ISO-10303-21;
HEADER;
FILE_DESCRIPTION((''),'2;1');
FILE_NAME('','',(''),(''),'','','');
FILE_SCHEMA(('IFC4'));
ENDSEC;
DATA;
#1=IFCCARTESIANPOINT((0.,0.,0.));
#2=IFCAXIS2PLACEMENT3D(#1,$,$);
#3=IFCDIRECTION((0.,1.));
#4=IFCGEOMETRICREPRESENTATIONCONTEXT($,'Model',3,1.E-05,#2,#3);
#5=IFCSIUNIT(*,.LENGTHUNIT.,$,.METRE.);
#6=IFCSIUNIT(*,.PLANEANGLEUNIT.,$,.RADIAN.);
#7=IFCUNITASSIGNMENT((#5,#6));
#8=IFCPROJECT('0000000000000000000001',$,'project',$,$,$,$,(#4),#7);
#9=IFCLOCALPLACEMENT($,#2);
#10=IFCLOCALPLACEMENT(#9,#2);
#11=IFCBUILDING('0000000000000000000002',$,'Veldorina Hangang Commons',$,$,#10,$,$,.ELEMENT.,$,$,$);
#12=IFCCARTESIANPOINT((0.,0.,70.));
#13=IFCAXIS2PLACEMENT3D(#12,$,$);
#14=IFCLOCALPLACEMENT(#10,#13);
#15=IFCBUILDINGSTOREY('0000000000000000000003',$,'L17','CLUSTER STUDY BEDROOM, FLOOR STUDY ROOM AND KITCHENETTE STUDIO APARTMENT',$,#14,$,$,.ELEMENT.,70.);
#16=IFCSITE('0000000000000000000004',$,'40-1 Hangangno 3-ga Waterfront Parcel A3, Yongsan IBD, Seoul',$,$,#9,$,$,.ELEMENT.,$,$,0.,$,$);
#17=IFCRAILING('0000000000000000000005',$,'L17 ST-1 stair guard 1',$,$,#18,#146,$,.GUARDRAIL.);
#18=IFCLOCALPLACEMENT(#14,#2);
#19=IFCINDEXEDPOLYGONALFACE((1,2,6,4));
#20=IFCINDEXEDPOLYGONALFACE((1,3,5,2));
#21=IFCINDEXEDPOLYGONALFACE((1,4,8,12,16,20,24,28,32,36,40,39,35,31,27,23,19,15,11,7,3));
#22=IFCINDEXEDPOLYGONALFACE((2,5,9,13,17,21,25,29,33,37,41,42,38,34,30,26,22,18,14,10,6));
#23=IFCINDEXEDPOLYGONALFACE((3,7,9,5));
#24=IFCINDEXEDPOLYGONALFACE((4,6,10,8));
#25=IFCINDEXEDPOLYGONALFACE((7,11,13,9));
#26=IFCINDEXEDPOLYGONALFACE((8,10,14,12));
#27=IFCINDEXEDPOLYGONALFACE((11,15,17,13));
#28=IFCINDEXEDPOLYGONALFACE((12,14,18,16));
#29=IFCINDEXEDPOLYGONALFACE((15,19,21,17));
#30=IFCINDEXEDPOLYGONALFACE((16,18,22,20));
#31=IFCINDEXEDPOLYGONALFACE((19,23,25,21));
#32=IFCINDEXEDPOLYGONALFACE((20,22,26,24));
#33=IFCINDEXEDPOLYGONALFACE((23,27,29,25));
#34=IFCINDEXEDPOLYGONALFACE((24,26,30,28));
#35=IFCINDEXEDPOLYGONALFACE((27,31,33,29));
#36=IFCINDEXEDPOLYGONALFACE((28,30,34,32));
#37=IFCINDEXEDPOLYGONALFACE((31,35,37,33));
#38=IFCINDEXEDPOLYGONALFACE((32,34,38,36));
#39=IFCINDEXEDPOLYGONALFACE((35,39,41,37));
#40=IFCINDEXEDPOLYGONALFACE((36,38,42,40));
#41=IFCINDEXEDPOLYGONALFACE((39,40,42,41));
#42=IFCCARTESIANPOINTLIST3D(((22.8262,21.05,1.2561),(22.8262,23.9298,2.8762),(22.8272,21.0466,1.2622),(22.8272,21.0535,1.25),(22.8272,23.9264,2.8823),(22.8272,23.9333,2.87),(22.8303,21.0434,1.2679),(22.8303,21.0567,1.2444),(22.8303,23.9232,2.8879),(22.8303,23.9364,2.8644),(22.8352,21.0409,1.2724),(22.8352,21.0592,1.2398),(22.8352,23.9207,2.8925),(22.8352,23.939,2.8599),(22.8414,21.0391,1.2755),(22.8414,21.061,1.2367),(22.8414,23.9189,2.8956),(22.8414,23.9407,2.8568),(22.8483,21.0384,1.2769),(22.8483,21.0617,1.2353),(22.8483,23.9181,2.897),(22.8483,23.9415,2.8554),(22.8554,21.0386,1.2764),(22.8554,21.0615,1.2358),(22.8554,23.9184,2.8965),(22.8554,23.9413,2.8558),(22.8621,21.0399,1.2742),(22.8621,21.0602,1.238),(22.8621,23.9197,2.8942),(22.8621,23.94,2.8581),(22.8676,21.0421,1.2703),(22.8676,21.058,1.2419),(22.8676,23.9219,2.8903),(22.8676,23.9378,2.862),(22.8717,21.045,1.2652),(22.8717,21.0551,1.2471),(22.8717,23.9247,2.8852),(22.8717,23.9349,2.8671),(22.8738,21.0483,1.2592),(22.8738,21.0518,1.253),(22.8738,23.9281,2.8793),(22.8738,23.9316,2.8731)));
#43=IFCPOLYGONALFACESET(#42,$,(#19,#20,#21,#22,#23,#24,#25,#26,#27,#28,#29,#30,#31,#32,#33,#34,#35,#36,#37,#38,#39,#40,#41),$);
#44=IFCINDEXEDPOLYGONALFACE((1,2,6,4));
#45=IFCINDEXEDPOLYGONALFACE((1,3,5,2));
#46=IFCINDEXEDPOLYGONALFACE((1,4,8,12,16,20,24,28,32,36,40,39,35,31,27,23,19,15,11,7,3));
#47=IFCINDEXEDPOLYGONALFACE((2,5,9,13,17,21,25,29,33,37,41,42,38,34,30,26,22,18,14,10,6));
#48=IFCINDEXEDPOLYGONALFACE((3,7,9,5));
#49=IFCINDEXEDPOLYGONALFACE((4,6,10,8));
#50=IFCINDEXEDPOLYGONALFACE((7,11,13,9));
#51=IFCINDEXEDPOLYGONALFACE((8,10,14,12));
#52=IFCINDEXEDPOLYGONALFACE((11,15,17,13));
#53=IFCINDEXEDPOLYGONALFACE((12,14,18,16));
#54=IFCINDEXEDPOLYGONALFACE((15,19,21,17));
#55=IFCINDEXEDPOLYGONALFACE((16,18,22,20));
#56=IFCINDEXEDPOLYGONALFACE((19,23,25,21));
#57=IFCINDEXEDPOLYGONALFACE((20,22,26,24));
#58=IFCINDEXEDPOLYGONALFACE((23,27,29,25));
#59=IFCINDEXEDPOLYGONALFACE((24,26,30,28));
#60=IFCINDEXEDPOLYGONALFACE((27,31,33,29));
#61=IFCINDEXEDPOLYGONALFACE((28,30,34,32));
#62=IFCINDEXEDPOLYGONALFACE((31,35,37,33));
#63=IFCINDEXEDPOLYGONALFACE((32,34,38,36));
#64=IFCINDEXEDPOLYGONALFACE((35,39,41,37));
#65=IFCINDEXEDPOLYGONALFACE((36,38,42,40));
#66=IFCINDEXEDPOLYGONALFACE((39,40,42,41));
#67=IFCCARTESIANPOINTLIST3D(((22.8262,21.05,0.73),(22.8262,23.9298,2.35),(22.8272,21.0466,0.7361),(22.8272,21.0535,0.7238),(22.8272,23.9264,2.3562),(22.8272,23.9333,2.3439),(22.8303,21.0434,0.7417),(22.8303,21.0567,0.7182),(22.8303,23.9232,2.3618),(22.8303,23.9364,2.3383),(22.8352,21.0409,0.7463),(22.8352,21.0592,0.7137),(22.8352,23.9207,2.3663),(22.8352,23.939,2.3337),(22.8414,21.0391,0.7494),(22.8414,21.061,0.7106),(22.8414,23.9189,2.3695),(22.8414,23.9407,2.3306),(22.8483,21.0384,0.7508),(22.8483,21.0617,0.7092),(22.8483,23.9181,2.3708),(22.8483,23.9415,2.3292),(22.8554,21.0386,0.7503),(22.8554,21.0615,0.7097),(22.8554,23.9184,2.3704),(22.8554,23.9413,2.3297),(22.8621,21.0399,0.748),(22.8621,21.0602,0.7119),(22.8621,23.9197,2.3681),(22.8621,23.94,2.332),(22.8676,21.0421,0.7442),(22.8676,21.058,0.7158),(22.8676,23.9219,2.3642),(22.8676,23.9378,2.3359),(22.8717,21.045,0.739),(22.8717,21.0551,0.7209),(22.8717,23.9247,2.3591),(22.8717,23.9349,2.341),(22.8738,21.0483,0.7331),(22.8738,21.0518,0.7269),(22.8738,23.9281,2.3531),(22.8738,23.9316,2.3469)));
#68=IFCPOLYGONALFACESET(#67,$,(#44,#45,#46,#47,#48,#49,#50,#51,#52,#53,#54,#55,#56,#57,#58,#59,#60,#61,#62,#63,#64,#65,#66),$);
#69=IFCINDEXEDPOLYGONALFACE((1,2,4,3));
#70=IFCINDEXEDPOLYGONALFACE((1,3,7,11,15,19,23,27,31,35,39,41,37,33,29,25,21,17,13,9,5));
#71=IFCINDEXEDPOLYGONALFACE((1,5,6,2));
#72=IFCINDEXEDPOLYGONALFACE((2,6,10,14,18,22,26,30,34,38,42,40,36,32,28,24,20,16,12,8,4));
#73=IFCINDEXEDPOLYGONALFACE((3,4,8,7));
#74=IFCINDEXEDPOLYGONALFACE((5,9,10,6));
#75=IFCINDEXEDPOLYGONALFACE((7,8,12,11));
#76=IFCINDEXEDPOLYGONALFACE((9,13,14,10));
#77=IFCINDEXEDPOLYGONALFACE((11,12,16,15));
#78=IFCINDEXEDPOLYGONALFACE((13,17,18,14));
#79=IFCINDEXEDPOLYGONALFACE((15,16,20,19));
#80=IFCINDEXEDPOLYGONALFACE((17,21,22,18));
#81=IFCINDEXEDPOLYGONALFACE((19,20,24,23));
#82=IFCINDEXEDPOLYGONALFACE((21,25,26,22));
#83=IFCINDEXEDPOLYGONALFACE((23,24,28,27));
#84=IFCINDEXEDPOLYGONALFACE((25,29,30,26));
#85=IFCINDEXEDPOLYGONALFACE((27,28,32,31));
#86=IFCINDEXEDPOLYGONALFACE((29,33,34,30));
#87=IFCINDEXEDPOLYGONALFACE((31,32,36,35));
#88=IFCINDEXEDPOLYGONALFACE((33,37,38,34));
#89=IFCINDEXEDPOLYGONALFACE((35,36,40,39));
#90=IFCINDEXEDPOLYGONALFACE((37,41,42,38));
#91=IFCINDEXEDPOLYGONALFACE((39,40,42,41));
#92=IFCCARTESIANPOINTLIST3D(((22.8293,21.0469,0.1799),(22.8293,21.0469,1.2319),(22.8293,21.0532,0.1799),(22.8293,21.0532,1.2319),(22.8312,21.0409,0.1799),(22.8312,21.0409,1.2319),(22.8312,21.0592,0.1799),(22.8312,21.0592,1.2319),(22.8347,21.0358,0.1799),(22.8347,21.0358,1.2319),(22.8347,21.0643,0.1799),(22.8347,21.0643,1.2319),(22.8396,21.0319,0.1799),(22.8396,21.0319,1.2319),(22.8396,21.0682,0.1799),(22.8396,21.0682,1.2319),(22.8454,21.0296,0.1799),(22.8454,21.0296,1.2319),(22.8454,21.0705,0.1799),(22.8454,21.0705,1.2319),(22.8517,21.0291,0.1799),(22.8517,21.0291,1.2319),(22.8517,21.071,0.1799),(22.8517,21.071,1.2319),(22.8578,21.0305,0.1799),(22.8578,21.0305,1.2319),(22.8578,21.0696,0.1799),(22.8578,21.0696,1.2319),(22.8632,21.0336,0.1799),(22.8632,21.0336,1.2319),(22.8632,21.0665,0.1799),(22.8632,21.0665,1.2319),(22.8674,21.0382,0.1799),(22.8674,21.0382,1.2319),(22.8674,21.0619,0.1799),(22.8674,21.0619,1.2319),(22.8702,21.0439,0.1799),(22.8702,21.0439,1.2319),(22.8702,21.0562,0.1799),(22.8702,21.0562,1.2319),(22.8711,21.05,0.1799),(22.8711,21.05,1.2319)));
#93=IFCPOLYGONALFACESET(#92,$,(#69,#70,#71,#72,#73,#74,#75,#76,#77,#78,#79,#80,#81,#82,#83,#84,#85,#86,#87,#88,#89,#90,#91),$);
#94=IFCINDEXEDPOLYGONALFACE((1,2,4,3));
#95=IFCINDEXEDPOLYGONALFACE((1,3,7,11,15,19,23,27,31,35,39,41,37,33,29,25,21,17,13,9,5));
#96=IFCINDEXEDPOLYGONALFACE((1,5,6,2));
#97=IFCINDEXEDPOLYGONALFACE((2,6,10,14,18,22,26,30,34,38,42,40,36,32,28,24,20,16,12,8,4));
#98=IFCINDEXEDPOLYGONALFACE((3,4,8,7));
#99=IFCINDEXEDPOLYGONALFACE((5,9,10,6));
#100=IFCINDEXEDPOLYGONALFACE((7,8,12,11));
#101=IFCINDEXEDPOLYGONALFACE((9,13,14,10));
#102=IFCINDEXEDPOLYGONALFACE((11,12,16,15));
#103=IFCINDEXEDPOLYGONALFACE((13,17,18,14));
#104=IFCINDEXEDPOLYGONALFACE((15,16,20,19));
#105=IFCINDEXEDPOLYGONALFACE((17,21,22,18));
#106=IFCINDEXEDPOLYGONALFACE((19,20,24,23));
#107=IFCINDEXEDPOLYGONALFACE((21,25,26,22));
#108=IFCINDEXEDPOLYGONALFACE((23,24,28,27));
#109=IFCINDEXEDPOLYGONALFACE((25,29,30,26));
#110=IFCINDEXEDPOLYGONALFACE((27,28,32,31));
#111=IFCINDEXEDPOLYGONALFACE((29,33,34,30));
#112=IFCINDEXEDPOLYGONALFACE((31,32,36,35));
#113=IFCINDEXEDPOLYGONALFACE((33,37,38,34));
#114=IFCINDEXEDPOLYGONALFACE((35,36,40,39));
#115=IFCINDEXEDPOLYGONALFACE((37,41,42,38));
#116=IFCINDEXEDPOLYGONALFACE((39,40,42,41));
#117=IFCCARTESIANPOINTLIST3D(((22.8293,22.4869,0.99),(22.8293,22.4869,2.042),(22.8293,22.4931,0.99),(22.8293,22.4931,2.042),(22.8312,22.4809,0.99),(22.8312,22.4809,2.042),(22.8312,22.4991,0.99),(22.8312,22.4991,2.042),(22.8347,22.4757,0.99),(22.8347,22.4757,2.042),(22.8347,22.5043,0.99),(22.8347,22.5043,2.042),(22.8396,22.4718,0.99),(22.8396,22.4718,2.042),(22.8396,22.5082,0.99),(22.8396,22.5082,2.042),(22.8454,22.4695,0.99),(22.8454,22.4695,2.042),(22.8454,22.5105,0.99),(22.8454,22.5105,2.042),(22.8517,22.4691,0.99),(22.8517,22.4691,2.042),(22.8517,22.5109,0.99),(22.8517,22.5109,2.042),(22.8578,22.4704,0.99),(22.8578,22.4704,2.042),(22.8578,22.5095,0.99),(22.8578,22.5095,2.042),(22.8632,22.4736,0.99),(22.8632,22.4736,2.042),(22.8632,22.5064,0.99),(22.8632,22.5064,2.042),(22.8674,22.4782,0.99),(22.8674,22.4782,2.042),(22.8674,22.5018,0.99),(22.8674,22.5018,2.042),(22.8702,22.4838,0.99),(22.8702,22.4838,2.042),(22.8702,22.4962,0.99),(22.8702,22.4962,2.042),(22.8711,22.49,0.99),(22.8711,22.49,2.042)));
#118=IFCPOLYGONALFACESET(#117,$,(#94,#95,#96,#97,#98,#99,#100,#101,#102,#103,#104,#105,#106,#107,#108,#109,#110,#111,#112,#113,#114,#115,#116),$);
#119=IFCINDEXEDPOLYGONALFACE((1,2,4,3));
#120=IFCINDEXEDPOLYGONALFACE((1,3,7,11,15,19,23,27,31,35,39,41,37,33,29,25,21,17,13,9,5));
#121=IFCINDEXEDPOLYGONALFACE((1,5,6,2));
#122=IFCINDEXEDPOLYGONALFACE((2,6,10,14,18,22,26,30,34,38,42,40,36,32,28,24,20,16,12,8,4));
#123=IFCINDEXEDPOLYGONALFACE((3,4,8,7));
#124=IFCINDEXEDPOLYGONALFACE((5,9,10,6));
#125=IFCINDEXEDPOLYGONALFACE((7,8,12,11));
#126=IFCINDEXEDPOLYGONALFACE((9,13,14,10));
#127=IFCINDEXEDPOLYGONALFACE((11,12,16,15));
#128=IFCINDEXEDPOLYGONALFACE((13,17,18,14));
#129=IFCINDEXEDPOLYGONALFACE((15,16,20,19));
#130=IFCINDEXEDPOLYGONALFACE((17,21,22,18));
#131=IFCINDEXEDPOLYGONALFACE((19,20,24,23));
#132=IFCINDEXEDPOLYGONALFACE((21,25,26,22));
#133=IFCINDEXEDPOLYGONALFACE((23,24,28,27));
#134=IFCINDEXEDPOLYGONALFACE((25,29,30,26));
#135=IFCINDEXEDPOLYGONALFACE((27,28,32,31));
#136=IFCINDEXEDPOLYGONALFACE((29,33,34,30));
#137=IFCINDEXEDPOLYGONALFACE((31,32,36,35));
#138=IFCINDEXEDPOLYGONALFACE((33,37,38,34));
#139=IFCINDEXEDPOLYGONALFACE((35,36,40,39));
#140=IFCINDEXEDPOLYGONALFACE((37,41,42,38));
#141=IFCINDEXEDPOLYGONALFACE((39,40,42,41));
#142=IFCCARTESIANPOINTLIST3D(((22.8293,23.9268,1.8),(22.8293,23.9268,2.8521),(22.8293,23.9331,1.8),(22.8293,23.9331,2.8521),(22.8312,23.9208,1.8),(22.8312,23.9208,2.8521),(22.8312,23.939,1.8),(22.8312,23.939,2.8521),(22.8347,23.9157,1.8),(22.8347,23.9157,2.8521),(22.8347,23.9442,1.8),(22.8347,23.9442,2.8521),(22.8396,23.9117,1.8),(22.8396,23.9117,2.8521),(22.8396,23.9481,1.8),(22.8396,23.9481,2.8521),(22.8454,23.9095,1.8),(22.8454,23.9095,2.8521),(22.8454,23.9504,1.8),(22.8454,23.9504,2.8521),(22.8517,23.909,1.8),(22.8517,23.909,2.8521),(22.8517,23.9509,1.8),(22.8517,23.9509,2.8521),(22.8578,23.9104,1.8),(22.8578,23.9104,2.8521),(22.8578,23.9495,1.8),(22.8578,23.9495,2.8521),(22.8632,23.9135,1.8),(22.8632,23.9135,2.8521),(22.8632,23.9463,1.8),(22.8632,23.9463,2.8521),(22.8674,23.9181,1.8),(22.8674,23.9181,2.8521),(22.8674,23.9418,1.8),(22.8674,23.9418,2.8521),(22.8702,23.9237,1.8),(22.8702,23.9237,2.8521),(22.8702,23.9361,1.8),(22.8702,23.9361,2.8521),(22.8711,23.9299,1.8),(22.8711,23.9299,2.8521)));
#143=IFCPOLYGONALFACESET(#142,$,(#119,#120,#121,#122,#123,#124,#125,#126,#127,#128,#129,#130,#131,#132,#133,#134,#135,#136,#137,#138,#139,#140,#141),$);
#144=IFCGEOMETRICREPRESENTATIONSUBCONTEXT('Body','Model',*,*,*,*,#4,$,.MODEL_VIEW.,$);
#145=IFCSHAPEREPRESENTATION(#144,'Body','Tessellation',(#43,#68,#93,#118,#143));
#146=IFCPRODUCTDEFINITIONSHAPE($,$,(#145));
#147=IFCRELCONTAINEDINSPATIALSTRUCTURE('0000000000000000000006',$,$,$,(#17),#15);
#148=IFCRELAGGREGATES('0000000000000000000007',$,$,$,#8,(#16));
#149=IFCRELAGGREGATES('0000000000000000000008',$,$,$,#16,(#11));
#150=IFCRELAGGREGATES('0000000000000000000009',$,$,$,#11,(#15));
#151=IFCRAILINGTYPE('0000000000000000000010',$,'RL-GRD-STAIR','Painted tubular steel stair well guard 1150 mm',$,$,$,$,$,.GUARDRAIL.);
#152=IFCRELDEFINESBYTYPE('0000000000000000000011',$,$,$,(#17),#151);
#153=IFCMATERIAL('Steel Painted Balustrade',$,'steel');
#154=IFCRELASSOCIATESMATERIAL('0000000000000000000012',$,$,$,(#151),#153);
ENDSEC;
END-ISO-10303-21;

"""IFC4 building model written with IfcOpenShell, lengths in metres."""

from ifc_helpers import new_model, si_unit, direction, frame, origin, origin_2d, place, context, subcontext, project, spatial, circle, extrude, material, type_object, element, save


model = new_model("IFC4")

# Units and contexts
model_context = context("Model", 3, precision=1e-05, world=origin(), true_north=direction((0.0, 1.0)))
body_context = subcontext(model_context, "Body", "Model", "MODEL_VIEW")
ifc_project = project(units=[si_unit("LENGTHUNIT", "METRE"), si_unit("PLANEANGLEUNIT", "RADIAN")], contexts=[model_context])

# Site, building, storey
site_placement = place(None, origin())
site = spatial("IfcSite", under=ifc_project, at=site_placement, Name="40-1 Hangangno 3-ga Waterfront Parcel A3, Yongsan IBD, Seoul", CompositionType="ELEMENT", RefElevation=0.0)
building_placement = place(site_placement, origin())
building = spatial("IfcBuilding", under=site, at=building_placement, Name="Veldorina Hangang Commons", CompositionType="ELEMENT")
storey_placement = place(building_placement, frame((0.0, 0.0, 70.0)))
storey = spatial("IfcBuildingStorey", under=building, at=storey_placement, Name="L17", Description="CLUSTER STUDY BEDROOM, FLOOR STUDY ROOM AND KITCHENETTE STUDIO APARTMENT", CompositionType="ELEMENT", Elevation=70.0)

# Railing
ifc_material_1 = material(Name="Steel Painted Balustrade", Category="steel")
railing_type_1 = type_object("IfcRailingType", Name="RL-GRD-STAIR", Description="Painted tubular steel stair well guard 1150 mm", PredefinedType="GUARDRAIL", material=ifc_material_1)
railing_1_placement = place(storey_placement, frame((22.8501, 21.05, 0.1799)))
element("IfcRailing", 1, at=railing_1_placement, inside=storey, type_object=railing_type_1, Name="L17 ST-1 stair guard 1", PredefinedType="GUARDRAIL", context=body_context, shape_type="SweptSolid", body=[
    extrude(circle(Radius=0.0239, at=origin_2d()), frame((0.0, 0.0, 1.0762), z_axis=(0.0, 0.871552, 0.490303), x_axis=(-1.0, 0.0, 0.0)), (0.0, 0.0, 1.0), 3.3042),
    extrude(circle(Radius=0.0239, at=origin_2d()), frame((0.0, 0.0, 0.55), z_axis=(0.0, 0.871552, 0.490303), x_axis=(-1.0, 0.0, 0.0)), (0.0, 0.0, 1.0), 3.3042),
    extrude(circle(Radius=0.021, at=origin_2d()), origin(), (0.0, 0.0, 1.0), 1.052),
    extrude(circle(Radius=0.021, at=origin_2d()), frame((0.0, 1.4399, 0.8101)), (0.0, 0.0, 1.0), 1.052),
    extrude(circle(Radius=0.021, at=origin_2d()), frame((0.0, 2.8799, 1.6201)), (0.0, 0.0, 1.0), 1.052),
])

save(model, "model.ifc")
